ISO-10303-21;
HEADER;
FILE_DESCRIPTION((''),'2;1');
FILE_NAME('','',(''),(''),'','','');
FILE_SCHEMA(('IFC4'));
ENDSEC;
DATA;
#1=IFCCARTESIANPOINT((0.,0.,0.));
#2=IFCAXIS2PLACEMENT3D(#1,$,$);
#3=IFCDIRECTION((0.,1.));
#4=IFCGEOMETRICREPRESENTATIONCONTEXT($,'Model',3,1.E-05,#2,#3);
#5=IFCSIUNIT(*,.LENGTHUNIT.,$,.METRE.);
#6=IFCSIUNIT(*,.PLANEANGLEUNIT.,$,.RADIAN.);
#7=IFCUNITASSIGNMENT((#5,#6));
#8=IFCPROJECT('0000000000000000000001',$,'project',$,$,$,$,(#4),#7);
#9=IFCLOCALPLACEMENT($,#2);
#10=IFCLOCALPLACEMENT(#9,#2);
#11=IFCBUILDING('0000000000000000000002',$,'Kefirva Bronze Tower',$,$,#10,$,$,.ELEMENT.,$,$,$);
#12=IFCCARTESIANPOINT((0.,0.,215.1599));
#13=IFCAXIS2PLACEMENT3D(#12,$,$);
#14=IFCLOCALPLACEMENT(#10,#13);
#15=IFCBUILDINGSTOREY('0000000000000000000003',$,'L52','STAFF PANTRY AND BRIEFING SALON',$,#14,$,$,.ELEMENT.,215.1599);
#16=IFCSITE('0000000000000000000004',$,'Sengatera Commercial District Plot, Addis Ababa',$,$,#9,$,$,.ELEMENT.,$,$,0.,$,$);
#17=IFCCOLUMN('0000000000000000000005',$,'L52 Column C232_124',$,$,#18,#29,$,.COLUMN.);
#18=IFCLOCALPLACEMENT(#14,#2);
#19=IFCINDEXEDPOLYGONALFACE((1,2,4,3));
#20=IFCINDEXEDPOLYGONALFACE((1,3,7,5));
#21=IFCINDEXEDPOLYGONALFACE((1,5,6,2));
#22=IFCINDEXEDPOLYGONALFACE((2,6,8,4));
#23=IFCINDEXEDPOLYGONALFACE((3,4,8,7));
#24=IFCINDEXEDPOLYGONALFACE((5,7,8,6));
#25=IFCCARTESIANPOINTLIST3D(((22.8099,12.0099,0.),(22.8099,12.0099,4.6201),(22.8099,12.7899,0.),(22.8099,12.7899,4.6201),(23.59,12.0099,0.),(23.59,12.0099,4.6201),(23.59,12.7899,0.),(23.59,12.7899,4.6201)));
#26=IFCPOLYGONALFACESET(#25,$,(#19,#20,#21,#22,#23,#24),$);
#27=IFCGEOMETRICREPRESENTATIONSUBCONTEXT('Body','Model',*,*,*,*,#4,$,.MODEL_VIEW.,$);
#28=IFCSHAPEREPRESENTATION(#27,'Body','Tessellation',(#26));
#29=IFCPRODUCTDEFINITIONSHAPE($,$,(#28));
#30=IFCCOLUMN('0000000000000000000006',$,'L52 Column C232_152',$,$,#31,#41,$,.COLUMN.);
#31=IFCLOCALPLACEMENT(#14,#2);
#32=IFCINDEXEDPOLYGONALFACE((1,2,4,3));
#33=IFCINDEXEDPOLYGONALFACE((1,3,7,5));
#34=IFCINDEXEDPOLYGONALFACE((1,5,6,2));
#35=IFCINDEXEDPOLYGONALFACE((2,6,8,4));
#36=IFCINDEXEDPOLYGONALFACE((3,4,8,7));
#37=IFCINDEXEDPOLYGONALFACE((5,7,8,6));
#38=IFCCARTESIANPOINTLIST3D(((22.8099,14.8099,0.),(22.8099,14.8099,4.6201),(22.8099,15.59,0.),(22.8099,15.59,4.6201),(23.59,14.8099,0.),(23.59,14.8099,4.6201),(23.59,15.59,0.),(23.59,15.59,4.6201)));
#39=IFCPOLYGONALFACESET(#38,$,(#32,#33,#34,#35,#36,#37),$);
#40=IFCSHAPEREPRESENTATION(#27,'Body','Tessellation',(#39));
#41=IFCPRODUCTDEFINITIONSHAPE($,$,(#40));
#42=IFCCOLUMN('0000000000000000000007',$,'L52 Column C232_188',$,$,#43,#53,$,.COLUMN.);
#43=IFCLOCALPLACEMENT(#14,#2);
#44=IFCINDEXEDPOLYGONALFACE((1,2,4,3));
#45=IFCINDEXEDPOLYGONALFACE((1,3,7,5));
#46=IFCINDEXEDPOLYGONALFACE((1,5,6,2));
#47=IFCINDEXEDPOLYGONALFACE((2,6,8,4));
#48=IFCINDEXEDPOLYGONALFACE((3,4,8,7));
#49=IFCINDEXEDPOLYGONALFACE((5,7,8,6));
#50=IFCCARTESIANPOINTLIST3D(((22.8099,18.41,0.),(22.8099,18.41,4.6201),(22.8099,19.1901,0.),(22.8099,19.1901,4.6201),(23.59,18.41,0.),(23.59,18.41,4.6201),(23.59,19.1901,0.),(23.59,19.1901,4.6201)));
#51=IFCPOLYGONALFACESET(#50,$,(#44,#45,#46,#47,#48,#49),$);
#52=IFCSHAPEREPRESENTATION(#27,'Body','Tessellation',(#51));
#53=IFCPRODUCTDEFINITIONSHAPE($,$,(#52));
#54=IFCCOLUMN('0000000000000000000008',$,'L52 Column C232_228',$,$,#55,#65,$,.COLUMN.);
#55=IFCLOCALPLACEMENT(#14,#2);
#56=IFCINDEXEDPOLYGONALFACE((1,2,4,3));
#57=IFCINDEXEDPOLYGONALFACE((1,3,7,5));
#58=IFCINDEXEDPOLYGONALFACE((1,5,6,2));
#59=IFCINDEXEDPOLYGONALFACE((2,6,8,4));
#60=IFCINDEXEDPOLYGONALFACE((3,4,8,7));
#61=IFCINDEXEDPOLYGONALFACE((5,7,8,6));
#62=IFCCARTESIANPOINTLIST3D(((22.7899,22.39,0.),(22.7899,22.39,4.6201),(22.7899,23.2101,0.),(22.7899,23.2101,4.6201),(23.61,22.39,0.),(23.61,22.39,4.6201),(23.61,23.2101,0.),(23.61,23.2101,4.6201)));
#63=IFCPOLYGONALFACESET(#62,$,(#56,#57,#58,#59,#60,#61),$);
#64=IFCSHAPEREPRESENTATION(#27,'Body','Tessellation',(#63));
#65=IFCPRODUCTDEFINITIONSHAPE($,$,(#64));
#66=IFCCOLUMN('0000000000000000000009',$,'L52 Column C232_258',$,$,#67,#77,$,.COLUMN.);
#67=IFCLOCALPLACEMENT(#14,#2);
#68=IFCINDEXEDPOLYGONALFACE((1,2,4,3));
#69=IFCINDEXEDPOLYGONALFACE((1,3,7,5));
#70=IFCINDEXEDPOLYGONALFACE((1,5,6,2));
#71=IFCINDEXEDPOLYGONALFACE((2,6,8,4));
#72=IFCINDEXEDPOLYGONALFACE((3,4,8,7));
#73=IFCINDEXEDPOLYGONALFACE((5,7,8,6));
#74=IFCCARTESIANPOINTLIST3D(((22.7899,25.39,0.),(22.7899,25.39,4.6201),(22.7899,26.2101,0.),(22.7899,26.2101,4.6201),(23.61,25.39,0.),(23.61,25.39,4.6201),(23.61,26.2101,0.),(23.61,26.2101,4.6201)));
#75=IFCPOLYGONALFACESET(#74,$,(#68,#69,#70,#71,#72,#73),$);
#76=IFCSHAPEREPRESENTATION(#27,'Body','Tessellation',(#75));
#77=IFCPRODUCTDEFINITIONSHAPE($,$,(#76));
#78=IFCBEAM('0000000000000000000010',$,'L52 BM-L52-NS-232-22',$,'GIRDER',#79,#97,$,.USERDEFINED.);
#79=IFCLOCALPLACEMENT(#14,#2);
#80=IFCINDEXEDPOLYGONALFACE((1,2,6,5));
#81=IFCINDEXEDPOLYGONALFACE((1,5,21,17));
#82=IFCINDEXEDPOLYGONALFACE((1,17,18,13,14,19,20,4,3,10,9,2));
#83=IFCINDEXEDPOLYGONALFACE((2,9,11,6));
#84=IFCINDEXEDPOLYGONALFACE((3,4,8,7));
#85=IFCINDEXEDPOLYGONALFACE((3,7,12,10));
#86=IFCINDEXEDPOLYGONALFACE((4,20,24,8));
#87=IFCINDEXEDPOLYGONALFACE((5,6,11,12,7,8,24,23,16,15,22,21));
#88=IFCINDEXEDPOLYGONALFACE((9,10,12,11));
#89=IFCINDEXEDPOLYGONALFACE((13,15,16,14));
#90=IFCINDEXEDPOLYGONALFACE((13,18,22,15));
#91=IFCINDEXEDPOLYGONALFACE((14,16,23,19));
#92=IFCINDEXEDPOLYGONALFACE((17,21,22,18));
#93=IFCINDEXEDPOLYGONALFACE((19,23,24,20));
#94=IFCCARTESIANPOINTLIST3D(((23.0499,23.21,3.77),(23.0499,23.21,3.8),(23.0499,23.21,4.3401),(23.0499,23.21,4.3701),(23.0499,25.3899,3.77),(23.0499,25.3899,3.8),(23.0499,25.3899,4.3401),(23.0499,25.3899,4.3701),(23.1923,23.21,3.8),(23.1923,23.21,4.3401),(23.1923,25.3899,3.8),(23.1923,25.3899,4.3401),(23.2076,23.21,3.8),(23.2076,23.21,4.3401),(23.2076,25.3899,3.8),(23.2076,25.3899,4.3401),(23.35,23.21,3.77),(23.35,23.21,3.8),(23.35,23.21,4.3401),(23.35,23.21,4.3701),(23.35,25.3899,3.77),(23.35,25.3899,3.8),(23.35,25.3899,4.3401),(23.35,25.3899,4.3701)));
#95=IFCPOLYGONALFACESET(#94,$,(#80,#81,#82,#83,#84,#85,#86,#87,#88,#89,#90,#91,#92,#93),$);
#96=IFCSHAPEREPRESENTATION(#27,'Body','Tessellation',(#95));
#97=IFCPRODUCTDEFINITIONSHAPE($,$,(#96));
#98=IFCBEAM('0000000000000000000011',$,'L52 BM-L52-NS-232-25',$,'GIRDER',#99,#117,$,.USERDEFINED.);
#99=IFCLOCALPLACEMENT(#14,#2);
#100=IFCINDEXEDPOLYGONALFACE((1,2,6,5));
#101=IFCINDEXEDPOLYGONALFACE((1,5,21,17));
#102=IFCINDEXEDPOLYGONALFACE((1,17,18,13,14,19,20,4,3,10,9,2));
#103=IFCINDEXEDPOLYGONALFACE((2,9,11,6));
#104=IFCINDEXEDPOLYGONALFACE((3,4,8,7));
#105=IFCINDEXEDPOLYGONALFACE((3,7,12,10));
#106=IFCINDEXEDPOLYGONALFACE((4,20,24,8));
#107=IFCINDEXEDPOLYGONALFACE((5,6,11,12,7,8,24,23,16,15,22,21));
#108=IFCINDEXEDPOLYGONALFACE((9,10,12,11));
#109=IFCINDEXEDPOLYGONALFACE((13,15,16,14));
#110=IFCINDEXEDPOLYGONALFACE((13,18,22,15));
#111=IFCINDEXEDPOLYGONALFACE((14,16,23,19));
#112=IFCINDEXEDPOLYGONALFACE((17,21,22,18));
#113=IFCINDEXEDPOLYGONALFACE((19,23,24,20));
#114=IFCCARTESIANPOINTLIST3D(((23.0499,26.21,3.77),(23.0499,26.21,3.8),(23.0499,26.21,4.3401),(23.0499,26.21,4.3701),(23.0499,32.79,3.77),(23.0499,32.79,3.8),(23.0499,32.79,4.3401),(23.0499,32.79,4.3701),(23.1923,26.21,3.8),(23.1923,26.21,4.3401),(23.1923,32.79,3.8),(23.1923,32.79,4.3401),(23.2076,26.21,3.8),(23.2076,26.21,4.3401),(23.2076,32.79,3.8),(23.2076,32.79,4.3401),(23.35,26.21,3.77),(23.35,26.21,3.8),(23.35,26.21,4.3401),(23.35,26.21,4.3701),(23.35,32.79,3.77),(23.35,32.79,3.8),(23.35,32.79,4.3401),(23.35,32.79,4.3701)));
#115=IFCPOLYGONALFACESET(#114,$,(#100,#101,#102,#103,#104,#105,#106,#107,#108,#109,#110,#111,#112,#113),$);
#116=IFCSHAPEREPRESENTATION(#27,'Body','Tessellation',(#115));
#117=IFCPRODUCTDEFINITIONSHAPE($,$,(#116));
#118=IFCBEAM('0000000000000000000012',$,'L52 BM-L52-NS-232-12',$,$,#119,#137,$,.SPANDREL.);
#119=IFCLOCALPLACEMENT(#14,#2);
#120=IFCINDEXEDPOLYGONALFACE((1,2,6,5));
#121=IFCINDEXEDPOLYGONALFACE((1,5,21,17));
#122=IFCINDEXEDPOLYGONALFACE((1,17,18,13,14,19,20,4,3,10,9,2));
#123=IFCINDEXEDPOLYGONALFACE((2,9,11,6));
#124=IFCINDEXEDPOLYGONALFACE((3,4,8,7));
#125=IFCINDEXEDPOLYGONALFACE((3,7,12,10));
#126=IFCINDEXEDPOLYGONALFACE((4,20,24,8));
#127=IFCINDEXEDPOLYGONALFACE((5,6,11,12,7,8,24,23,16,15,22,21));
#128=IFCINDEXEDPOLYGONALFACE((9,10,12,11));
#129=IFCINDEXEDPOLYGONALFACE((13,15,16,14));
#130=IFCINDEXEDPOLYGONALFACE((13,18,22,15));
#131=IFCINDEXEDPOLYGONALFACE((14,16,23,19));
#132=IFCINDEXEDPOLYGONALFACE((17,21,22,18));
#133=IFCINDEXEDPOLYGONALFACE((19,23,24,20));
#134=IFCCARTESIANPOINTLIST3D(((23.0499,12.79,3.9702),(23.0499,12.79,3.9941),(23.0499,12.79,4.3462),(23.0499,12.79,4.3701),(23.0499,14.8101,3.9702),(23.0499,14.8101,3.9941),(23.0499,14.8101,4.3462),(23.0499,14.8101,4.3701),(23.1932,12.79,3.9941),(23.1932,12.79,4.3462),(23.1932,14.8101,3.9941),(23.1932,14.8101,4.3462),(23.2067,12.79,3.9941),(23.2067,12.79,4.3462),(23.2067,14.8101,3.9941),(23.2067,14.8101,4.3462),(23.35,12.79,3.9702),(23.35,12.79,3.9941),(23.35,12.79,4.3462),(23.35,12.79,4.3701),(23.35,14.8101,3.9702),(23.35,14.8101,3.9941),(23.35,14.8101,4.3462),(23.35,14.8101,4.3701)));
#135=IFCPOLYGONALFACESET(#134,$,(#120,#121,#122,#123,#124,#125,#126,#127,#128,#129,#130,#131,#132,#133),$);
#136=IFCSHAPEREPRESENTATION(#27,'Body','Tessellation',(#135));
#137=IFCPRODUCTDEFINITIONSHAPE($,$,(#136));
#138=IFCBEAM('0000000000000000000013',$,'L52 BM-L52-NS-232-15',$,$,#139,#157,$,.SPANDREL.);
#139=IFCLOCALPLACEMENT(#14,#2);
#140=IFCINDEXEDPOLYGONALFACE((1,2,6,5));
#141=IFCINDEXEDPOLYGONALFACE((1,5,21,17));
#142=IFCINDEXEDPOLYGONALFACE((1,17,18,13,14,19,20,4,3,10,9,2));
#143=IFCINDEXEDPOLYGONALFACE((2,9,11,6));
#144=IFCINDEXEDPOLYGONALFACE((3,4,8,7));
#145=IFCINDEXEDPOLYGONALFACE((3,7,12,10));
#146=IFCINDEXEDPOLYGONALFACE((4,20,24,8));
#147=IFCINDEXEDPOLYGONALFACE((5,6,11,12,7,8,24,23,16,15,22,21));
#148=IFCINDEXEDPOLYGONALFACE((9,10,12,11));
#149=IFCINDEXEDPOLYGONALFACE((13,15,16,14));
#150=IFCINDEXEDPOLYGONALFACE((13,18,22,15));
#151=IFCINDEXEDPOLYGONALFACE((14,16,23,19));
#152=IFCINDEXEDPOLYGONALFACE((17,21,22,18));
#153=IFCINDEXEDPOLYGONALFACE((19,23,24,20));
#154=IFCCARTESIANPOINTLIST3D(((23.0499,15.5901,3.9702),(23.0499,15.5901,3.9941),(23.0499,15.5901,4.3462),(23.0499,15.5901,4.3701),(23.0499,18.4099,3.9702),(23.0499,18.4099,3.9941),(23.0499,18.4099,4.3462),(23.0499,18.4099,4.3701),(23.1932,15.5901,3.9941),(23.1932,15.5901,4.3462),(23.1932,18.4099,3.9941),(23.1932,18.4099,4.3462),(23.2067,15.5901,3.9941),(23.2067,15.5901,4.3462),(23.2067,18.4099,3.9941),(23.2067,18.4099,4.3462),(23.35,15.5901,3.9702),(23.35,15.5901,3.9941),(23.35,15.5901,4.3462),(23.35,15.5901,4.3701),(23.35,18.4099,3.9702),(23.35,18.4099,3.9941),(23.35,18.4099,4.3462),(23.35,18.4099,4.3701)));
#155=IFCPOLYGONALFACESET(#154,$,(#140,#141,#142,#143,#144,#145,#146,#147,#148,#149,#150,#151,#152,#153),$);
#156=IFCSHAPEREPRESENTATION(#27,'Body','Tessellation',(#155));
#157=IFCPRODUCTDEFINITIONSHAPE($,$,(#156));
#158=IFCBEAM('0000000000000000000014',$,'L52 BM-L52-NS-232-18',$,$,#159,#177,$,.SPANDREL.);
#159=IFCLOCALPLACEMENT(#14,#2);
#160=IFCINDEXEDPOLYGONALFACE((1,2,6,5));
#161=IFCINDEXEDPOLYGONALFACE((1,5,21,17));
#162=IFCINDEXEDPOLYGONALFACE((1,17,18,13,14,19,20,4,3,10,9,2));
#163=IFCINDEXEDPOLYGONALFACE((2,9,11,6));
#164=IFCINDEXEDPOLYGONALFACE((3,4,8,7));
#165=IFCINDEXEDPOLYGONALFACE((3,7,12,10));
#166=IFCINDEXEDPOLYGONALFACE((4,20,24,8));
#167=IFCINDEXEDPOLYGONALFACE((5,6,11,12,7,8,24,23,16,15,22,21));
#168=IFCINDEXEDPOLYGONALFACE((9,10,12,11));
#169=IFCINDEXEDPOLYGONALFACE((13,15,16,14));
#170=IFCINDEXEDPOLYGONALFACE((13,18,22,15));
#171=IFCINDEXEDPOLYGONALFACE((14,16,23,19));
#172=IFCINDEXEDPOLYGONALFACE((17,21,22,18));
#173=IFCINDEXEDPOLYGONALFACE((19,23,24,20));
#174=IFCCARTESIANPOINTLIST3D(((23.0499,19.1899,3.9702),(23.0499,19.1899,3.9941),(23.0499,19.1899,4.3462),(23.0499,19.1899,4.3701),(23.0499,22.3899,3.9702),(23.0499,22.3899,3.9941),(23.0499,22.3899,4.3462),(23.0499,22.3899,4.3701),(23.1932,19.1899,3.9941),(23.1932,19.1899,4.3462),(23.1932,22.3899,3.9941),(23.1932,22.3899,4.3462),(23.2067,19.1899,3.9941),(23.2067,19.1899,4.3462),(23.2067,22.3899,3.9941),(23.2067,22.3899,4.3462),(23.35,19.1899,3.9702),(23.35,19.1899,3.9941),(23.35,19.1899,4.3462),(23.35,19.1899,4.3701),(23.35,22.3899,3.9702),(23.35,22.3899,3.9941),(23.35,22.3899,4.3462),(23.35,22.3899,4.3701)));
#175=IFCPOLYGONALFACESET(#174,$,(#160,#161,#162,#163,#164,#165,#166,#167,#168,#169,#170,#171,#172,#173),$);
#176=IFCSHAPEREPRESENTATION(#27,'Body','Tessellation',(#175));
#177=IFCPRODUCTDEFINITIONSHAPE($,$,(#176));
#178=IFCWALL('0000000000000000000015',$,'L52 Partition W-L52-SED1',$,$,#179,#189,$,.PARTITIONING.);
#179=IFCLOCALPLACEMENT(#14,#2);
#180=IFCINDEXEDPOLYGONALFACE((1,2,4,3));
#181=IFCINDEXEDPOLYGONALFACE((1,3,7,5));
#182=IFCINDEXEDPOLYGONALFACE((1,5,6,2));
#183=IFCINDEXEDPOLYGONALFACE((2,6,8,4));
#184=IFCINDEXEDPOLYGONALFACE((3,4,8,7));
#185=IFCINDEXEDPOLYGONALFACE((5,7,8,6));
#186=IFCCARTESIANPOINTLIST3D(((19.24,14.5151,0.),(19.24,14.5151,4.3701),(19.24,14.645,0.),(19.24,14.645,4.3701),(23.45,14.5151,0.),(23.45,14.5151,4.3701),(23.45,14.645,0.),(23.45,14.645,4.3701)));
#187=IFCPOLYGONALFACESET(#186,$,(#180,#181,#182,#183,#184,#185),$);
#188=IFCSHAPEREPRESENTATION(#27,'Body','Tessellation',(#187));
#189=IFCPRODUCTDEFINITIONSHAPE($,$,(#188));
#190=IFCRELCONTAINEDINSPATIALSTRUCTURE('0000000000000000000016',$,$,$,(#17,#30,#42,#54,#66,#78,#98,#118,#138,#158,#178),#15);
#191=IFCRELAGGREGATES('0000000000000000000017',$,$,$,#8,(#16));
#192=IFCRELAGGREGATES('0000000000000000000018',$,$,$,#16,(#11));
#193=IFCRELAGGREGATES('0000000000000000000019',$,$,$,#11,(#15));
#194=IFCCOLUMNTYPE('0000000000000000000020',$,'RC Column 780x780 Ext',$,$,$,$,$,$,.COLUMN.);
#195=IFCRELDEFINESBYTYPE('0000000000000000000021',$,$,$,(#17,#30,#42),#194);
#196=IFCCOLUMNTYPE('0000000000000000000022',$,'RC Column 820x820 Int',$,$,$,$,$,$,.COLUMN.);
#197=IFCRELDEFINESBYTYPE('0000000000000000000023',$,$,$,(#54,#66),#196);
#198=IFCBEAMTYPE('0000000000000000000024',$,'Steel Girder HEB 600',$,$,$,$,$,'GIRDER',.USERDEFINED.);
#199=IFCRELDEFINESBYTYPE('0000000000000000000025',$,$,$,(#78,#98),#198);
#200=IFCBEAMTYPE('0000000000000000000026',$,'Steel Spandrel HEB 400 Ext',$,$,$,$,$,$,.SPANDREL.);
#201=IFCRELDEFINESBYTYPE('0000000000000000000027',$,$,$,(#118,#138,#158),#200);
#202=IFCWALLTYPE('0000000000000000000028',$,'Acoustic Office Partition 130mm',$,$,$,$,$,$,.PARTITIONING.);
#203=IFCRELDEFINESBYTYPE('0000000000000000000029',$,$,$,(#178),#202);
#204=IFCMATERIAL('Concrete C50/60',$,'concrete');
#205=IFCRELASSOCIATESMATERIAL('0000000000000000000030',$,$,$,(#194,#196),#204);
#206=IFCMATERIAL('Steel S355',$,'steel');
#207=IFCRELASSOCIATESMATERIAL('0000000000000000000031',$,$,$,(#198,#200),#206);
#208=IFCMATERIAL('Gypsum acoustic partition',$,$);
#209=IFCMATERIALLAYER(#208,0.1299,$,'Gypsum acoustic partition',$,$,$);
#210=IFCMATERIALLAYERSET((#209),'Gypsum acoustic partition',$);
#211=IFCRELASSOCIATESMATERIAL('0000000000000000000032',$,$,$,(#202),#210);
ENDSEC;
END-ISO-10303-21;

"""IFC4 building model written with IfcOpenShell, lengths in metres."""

from ifc_helpers import new_model, si_unit, direction, frame, frame_2d, origin, origin_2d, place, context, subcontext, project, spatial, rectangle, i_section, extrude, material, layer, layer_set, material_profile, profile_set, type_object, element, save


model = new_model("IFC4")

# Units and contexts
model_context = context("Model", 3, precision=1e-05, world=origin(), true_north=direction((0.0, 1.0)))
body_context = subcontext(model_context, "Body", "Model", "MODEL_VIEW")
ifc_project = project(units=[si_unit("LENGTHUNIT", "METRE"), si_unit("PLANEANGLEUNIT", "RADIAN")], contexts=[model_context])

# Site, building, storey
site_placement = place(None, origin())
site = spatial("IfcSite", under=ifc_project, at=site_placement, Name="Sengatera Commercial District Plot, Addis Ababa", CompositionType="ELEMENT", RefElevation=0.0)
building_placement = place(site_placement, origin())
building = spatial("IfcBuilding", under=site, at=building_placement, Name="Kefirva Bronze Tower", CompositionType="ELEMENT")
storey_placement = place(building_placement, frame((0.0, 0.0, 215.1599)))
storey = spatial("IfcBuildingStorey", under=building, at=storey_placement, Name="L52", Description="STAFF PANTRY AND BRIEFING SALON", CompositionType="ELEMENT", Elevation=215.1599)

# Columns
ifc_material_1 = material(Name="Concrete C50/60", Category="concrete")
ifc_material_profile_1 = material_profile(ifc_material_1, rectangle(XDim=0.78, YDim=0.78, at=origin_2d()), Name="RC 780x780")
ifc_profile_set_1 = profile_set([ifc_material_profile_1], Name="Concrete C50/60")
column_type_1 = type_object("IfcColumnType", Name="RC Column 780x780 Ext", PredefinedType="COLUMN", material=ifc_profile_set_1)
for number, where, z_axis, x_axis, name in (
    (1, (23.2, 12.3999, 0.0), (0.0, 0.0, 1.0), (1.0, 0.0, 0.0), "L52 Column C232_124"),
    (2, (23.2, 15.2, 0.0), (0.0, 0.0, 1.0), (1.0, 0.0, 0.0), "L52 Column C232_152"),
    (3, (23.2, 18.8, 0.0), (0.0, 0.0, 1.0), (1.0, 0.0, 0.0), "L52 Column C232_188"),
):
    element("IfcColumn", number, at=place(storey_placement, frame(where, z_axis=z_axis, x_axis=x_axis)), inside=storey, type_object=column_type_1, Name=name, PredefinedType="COLUMN", context=body_context, shape_type="SweptSolid", body=[
        extrude(rectangle(XDim=0.78, YDim=0.78, at=origin_2d()), origin(), (0.0, 0.0, 1.0), 4.6201),
    ])
ifc_material_profile_2 = material_profile(ifc_material_1, rectangle(XDim=0.8201, YDim=0.8201, at=origin_2d()), Name="RC 820x820")
ifc_profile_set_2 = profile_set([ifc_material_profile_2], Name="Concrete C50/60")
column_type_2 = type_object("IfcColumnType", Name="RC Column 820x820 Int", PredefinedType="COLUMN", material=ifc_profile_set_2)
for number, where, z_axis, x_axis, name in (
    (4, (23.2, 22.8, 0.0), (0.0, 0.0, 1.0), (1.0, 0.0, 0.0), "L52 Column C232_228"),
    (5, (23.2, 25.8, 0.0), (0.0, 0.0, 1.0), (1.0, 0.0, 0.0), "L52 Column C232_258"),
):
    element("IfcColumn", number, at=place(storey_placement, frame(where, z_axis=z_axis, x_axis=x_axis)), inside=storey, type_object=column_type_2, Name=name, PredefinedType="COLUMN", context=body_context, shape_type="SweptSolid", body=[
        extrude(rectangle(XDim=0.8201, YDim=0.8201, at=origin_2d()), origin(), (0.0, 0.0, 1.0), 4.6201),
    ])

# Beams
ifc_material_2 = material(Name="Steel S355", Category="steel")
ifc_material_profile_3 = material_profile(ifc_material_2, i_section(OverallWidth=0.3, OverallDepth=0.6001, WebThickness=0.0154, FlangeThickness=0.03, at=origin_2d()), Name="HEB 600")
ifc_profile_set_3 = profile_set([ifc_material_profile_3], Name="Steel S355")
beam_type_1 = type_object("IfcBeamType", Name="Steel Girder HEB 600", ElementType="GIRDER", PredefinedType="USERDEFINED", material=ifc_profile_set_3)
beam_1_placement = place(storey_placement, frame((23.2, 23.21, 4.0701), z_axis=(0.0, 1.0, 0.0), x_axis=(-1.0, 0.0, 0.0)))
element("IfcBeam", 6, at=beam_1_placement, inside=storey, type_object=beam_type_1, Name="L52 BM-L52-NS-232-22", ObjectType="GIRDER", PredefinedType="USERDEFINED", context=body_context, shape_type="SweptSolid", body=[
    extrude(i_section(OverallWidth=0.3, OverallDepth=0.6001, WebThickness=0.0154, FlangeThickness=0.03, at=origin_2d()), origin(), (0.0, 0.0, 1.0), 2.1799),
])
beam_2_placement = place(storey_placement, frame((23.2, 26.21, 4.0701), z_axis=(0.0, 1.0, 0.0), x_axis=(-1.0, 0.0, 0.0)))
element("IfcBeam", 7, at=beam_2_placement, inside=storey, type_object=beam_type_1, Name="L52 BM-L52-NS-232-25", ObjectType="GIRDER", PredefinedType="USERDEFINED", context=body_context, shape_type="SweptSolid", body=[
    extrude(i_section(OverallWidth=0.3, OverallDepth=0.6001, WebThickness=0.0154, FlangeThickness=0.03, at=origin_2d()), origin(), (0.0, 0.0, 1.0), 6.5801),
])
ifc_material_profile_4 = material_profile(ifc_material_2, i_section(OverallWidth=0.3, OverallDepth=0.3999, WebThickness=0.0134, FlangeThickness=0.0239, at=origin_2d()), Name="HEB 400")
ifc_profile_set_4 = profile_set([ifc_material_profile_4], Name="Steel S355")
beam_type_2 = type_object("IfcBeamType", Name="Steel Spandrel HEB 400 Ext", PredefinedType="SPANDREL", material=ifc_profile_set_4)
beam_3_placement = place(storey_placement, frame((23.2, 12.79, 4.1702), z_axis=(0.0, 1.0, 0.0), x_axis=(-1.0, 0.0, 0.0)))
element("IfcBeam", 8, at=beam_3_placement, inside=storey, type_object=beam_type_2, Name="L52 BM-L52-NS-232-12", PredefinedType="SPANDREL", context=body_context, shape_type="SweptSolid", body=[
    extrude(i_section(OverallWidth=0.3, OverallDepth=0.3999, WebThickness=0.0134, FlangeThickness=0.0239, at=origin_2d()), origin(), (0.0, 0.0, 1.0), 2.02),
])
beam_4_placement = place(storey_placement, frame((23.2, 15.5901, 4.1702), z_axis=(0.0, 1.0, 0.0), x_axis=(-1.0, 0.0, 0.0)))
element("IfcBeam", 9, at=beam_4_placement, inside=storey, type_object=beam_type_2, Name="L52 BM-L52-NS-232-15", PredefinedType="SPANDREL", context=body_context, shape_type="SweptSolid", body=[
    extrude(i_section(OverallWidth=0.3, OverallDepth=0.3999, WebThickness=0.0134, FlangeThickness=0.0239, at=origin_2d()), origin(), (0.0, 0.0, 1.0), 2.8198),
])
beam_5_placement = place(storey_placement, frame((23.2, 19.1899, 4.1702), z_axis=(0.0, 1.0, 0.0), x_axis=(-1.0, 0.0, 0.0)))
element("IfcBeam", 10, at=beam_5_placement, inside=storey, type_object=beam_type_2, Name="L52 BM-L52-NS-232-18", PredefinedType="SPANDREL", context=body_context, shape_type="SweptSolid", body=[
    extrude(i_section(OverallWidth=0.3, OverallDepth=0.3999, WebThickness=0.0134, FlangeThickness=0.0239, at=origin_2d()), origin(), (0.0, 0.0, 1.0), 3.2),
])

# Wall
ifc_material_3 = material(Name="Gypsum acoustic partition")
ifc_layer_1 = layer(ifc_material_3, 0.1299, Name="Gypsum acoustic partition")
ifc_layer_set_1 = layer_set([ifc_layer_1], Name="Gypsum acoustic partition")
wall_type_1 = type_object("IfcWallType", Name="Acoustic Office Partition 130mm", PredefinedType="PARTITIONING", material=ifc_layer_set_1)
for number, where, z_axis, x_axis, name in (
    (11, (19.24, 14.5801, 0.0), (0.0, 0.0, 1.0), (1.0, 0.0, 0.0), "L52 Partition W-L52-SED1"),
):
    element("IfcWall", number, at=place(storey_placement, frame(where, z_axis=z_axis, x_axis=x_axis)), inside=storey, type_object=wall_type_1, Name=name, PredefinedType="PARTITIONING", context=body_context, shape_type="SweptSolid", body=[
        extrude(rectangle(XDim=4.21, YDim=0.1299, at=frame_2d((2.105, 0.0))), origin(), (0.0, 0.0, 1.0), 4.3701),
    ])

save(model, "model.ifc")
